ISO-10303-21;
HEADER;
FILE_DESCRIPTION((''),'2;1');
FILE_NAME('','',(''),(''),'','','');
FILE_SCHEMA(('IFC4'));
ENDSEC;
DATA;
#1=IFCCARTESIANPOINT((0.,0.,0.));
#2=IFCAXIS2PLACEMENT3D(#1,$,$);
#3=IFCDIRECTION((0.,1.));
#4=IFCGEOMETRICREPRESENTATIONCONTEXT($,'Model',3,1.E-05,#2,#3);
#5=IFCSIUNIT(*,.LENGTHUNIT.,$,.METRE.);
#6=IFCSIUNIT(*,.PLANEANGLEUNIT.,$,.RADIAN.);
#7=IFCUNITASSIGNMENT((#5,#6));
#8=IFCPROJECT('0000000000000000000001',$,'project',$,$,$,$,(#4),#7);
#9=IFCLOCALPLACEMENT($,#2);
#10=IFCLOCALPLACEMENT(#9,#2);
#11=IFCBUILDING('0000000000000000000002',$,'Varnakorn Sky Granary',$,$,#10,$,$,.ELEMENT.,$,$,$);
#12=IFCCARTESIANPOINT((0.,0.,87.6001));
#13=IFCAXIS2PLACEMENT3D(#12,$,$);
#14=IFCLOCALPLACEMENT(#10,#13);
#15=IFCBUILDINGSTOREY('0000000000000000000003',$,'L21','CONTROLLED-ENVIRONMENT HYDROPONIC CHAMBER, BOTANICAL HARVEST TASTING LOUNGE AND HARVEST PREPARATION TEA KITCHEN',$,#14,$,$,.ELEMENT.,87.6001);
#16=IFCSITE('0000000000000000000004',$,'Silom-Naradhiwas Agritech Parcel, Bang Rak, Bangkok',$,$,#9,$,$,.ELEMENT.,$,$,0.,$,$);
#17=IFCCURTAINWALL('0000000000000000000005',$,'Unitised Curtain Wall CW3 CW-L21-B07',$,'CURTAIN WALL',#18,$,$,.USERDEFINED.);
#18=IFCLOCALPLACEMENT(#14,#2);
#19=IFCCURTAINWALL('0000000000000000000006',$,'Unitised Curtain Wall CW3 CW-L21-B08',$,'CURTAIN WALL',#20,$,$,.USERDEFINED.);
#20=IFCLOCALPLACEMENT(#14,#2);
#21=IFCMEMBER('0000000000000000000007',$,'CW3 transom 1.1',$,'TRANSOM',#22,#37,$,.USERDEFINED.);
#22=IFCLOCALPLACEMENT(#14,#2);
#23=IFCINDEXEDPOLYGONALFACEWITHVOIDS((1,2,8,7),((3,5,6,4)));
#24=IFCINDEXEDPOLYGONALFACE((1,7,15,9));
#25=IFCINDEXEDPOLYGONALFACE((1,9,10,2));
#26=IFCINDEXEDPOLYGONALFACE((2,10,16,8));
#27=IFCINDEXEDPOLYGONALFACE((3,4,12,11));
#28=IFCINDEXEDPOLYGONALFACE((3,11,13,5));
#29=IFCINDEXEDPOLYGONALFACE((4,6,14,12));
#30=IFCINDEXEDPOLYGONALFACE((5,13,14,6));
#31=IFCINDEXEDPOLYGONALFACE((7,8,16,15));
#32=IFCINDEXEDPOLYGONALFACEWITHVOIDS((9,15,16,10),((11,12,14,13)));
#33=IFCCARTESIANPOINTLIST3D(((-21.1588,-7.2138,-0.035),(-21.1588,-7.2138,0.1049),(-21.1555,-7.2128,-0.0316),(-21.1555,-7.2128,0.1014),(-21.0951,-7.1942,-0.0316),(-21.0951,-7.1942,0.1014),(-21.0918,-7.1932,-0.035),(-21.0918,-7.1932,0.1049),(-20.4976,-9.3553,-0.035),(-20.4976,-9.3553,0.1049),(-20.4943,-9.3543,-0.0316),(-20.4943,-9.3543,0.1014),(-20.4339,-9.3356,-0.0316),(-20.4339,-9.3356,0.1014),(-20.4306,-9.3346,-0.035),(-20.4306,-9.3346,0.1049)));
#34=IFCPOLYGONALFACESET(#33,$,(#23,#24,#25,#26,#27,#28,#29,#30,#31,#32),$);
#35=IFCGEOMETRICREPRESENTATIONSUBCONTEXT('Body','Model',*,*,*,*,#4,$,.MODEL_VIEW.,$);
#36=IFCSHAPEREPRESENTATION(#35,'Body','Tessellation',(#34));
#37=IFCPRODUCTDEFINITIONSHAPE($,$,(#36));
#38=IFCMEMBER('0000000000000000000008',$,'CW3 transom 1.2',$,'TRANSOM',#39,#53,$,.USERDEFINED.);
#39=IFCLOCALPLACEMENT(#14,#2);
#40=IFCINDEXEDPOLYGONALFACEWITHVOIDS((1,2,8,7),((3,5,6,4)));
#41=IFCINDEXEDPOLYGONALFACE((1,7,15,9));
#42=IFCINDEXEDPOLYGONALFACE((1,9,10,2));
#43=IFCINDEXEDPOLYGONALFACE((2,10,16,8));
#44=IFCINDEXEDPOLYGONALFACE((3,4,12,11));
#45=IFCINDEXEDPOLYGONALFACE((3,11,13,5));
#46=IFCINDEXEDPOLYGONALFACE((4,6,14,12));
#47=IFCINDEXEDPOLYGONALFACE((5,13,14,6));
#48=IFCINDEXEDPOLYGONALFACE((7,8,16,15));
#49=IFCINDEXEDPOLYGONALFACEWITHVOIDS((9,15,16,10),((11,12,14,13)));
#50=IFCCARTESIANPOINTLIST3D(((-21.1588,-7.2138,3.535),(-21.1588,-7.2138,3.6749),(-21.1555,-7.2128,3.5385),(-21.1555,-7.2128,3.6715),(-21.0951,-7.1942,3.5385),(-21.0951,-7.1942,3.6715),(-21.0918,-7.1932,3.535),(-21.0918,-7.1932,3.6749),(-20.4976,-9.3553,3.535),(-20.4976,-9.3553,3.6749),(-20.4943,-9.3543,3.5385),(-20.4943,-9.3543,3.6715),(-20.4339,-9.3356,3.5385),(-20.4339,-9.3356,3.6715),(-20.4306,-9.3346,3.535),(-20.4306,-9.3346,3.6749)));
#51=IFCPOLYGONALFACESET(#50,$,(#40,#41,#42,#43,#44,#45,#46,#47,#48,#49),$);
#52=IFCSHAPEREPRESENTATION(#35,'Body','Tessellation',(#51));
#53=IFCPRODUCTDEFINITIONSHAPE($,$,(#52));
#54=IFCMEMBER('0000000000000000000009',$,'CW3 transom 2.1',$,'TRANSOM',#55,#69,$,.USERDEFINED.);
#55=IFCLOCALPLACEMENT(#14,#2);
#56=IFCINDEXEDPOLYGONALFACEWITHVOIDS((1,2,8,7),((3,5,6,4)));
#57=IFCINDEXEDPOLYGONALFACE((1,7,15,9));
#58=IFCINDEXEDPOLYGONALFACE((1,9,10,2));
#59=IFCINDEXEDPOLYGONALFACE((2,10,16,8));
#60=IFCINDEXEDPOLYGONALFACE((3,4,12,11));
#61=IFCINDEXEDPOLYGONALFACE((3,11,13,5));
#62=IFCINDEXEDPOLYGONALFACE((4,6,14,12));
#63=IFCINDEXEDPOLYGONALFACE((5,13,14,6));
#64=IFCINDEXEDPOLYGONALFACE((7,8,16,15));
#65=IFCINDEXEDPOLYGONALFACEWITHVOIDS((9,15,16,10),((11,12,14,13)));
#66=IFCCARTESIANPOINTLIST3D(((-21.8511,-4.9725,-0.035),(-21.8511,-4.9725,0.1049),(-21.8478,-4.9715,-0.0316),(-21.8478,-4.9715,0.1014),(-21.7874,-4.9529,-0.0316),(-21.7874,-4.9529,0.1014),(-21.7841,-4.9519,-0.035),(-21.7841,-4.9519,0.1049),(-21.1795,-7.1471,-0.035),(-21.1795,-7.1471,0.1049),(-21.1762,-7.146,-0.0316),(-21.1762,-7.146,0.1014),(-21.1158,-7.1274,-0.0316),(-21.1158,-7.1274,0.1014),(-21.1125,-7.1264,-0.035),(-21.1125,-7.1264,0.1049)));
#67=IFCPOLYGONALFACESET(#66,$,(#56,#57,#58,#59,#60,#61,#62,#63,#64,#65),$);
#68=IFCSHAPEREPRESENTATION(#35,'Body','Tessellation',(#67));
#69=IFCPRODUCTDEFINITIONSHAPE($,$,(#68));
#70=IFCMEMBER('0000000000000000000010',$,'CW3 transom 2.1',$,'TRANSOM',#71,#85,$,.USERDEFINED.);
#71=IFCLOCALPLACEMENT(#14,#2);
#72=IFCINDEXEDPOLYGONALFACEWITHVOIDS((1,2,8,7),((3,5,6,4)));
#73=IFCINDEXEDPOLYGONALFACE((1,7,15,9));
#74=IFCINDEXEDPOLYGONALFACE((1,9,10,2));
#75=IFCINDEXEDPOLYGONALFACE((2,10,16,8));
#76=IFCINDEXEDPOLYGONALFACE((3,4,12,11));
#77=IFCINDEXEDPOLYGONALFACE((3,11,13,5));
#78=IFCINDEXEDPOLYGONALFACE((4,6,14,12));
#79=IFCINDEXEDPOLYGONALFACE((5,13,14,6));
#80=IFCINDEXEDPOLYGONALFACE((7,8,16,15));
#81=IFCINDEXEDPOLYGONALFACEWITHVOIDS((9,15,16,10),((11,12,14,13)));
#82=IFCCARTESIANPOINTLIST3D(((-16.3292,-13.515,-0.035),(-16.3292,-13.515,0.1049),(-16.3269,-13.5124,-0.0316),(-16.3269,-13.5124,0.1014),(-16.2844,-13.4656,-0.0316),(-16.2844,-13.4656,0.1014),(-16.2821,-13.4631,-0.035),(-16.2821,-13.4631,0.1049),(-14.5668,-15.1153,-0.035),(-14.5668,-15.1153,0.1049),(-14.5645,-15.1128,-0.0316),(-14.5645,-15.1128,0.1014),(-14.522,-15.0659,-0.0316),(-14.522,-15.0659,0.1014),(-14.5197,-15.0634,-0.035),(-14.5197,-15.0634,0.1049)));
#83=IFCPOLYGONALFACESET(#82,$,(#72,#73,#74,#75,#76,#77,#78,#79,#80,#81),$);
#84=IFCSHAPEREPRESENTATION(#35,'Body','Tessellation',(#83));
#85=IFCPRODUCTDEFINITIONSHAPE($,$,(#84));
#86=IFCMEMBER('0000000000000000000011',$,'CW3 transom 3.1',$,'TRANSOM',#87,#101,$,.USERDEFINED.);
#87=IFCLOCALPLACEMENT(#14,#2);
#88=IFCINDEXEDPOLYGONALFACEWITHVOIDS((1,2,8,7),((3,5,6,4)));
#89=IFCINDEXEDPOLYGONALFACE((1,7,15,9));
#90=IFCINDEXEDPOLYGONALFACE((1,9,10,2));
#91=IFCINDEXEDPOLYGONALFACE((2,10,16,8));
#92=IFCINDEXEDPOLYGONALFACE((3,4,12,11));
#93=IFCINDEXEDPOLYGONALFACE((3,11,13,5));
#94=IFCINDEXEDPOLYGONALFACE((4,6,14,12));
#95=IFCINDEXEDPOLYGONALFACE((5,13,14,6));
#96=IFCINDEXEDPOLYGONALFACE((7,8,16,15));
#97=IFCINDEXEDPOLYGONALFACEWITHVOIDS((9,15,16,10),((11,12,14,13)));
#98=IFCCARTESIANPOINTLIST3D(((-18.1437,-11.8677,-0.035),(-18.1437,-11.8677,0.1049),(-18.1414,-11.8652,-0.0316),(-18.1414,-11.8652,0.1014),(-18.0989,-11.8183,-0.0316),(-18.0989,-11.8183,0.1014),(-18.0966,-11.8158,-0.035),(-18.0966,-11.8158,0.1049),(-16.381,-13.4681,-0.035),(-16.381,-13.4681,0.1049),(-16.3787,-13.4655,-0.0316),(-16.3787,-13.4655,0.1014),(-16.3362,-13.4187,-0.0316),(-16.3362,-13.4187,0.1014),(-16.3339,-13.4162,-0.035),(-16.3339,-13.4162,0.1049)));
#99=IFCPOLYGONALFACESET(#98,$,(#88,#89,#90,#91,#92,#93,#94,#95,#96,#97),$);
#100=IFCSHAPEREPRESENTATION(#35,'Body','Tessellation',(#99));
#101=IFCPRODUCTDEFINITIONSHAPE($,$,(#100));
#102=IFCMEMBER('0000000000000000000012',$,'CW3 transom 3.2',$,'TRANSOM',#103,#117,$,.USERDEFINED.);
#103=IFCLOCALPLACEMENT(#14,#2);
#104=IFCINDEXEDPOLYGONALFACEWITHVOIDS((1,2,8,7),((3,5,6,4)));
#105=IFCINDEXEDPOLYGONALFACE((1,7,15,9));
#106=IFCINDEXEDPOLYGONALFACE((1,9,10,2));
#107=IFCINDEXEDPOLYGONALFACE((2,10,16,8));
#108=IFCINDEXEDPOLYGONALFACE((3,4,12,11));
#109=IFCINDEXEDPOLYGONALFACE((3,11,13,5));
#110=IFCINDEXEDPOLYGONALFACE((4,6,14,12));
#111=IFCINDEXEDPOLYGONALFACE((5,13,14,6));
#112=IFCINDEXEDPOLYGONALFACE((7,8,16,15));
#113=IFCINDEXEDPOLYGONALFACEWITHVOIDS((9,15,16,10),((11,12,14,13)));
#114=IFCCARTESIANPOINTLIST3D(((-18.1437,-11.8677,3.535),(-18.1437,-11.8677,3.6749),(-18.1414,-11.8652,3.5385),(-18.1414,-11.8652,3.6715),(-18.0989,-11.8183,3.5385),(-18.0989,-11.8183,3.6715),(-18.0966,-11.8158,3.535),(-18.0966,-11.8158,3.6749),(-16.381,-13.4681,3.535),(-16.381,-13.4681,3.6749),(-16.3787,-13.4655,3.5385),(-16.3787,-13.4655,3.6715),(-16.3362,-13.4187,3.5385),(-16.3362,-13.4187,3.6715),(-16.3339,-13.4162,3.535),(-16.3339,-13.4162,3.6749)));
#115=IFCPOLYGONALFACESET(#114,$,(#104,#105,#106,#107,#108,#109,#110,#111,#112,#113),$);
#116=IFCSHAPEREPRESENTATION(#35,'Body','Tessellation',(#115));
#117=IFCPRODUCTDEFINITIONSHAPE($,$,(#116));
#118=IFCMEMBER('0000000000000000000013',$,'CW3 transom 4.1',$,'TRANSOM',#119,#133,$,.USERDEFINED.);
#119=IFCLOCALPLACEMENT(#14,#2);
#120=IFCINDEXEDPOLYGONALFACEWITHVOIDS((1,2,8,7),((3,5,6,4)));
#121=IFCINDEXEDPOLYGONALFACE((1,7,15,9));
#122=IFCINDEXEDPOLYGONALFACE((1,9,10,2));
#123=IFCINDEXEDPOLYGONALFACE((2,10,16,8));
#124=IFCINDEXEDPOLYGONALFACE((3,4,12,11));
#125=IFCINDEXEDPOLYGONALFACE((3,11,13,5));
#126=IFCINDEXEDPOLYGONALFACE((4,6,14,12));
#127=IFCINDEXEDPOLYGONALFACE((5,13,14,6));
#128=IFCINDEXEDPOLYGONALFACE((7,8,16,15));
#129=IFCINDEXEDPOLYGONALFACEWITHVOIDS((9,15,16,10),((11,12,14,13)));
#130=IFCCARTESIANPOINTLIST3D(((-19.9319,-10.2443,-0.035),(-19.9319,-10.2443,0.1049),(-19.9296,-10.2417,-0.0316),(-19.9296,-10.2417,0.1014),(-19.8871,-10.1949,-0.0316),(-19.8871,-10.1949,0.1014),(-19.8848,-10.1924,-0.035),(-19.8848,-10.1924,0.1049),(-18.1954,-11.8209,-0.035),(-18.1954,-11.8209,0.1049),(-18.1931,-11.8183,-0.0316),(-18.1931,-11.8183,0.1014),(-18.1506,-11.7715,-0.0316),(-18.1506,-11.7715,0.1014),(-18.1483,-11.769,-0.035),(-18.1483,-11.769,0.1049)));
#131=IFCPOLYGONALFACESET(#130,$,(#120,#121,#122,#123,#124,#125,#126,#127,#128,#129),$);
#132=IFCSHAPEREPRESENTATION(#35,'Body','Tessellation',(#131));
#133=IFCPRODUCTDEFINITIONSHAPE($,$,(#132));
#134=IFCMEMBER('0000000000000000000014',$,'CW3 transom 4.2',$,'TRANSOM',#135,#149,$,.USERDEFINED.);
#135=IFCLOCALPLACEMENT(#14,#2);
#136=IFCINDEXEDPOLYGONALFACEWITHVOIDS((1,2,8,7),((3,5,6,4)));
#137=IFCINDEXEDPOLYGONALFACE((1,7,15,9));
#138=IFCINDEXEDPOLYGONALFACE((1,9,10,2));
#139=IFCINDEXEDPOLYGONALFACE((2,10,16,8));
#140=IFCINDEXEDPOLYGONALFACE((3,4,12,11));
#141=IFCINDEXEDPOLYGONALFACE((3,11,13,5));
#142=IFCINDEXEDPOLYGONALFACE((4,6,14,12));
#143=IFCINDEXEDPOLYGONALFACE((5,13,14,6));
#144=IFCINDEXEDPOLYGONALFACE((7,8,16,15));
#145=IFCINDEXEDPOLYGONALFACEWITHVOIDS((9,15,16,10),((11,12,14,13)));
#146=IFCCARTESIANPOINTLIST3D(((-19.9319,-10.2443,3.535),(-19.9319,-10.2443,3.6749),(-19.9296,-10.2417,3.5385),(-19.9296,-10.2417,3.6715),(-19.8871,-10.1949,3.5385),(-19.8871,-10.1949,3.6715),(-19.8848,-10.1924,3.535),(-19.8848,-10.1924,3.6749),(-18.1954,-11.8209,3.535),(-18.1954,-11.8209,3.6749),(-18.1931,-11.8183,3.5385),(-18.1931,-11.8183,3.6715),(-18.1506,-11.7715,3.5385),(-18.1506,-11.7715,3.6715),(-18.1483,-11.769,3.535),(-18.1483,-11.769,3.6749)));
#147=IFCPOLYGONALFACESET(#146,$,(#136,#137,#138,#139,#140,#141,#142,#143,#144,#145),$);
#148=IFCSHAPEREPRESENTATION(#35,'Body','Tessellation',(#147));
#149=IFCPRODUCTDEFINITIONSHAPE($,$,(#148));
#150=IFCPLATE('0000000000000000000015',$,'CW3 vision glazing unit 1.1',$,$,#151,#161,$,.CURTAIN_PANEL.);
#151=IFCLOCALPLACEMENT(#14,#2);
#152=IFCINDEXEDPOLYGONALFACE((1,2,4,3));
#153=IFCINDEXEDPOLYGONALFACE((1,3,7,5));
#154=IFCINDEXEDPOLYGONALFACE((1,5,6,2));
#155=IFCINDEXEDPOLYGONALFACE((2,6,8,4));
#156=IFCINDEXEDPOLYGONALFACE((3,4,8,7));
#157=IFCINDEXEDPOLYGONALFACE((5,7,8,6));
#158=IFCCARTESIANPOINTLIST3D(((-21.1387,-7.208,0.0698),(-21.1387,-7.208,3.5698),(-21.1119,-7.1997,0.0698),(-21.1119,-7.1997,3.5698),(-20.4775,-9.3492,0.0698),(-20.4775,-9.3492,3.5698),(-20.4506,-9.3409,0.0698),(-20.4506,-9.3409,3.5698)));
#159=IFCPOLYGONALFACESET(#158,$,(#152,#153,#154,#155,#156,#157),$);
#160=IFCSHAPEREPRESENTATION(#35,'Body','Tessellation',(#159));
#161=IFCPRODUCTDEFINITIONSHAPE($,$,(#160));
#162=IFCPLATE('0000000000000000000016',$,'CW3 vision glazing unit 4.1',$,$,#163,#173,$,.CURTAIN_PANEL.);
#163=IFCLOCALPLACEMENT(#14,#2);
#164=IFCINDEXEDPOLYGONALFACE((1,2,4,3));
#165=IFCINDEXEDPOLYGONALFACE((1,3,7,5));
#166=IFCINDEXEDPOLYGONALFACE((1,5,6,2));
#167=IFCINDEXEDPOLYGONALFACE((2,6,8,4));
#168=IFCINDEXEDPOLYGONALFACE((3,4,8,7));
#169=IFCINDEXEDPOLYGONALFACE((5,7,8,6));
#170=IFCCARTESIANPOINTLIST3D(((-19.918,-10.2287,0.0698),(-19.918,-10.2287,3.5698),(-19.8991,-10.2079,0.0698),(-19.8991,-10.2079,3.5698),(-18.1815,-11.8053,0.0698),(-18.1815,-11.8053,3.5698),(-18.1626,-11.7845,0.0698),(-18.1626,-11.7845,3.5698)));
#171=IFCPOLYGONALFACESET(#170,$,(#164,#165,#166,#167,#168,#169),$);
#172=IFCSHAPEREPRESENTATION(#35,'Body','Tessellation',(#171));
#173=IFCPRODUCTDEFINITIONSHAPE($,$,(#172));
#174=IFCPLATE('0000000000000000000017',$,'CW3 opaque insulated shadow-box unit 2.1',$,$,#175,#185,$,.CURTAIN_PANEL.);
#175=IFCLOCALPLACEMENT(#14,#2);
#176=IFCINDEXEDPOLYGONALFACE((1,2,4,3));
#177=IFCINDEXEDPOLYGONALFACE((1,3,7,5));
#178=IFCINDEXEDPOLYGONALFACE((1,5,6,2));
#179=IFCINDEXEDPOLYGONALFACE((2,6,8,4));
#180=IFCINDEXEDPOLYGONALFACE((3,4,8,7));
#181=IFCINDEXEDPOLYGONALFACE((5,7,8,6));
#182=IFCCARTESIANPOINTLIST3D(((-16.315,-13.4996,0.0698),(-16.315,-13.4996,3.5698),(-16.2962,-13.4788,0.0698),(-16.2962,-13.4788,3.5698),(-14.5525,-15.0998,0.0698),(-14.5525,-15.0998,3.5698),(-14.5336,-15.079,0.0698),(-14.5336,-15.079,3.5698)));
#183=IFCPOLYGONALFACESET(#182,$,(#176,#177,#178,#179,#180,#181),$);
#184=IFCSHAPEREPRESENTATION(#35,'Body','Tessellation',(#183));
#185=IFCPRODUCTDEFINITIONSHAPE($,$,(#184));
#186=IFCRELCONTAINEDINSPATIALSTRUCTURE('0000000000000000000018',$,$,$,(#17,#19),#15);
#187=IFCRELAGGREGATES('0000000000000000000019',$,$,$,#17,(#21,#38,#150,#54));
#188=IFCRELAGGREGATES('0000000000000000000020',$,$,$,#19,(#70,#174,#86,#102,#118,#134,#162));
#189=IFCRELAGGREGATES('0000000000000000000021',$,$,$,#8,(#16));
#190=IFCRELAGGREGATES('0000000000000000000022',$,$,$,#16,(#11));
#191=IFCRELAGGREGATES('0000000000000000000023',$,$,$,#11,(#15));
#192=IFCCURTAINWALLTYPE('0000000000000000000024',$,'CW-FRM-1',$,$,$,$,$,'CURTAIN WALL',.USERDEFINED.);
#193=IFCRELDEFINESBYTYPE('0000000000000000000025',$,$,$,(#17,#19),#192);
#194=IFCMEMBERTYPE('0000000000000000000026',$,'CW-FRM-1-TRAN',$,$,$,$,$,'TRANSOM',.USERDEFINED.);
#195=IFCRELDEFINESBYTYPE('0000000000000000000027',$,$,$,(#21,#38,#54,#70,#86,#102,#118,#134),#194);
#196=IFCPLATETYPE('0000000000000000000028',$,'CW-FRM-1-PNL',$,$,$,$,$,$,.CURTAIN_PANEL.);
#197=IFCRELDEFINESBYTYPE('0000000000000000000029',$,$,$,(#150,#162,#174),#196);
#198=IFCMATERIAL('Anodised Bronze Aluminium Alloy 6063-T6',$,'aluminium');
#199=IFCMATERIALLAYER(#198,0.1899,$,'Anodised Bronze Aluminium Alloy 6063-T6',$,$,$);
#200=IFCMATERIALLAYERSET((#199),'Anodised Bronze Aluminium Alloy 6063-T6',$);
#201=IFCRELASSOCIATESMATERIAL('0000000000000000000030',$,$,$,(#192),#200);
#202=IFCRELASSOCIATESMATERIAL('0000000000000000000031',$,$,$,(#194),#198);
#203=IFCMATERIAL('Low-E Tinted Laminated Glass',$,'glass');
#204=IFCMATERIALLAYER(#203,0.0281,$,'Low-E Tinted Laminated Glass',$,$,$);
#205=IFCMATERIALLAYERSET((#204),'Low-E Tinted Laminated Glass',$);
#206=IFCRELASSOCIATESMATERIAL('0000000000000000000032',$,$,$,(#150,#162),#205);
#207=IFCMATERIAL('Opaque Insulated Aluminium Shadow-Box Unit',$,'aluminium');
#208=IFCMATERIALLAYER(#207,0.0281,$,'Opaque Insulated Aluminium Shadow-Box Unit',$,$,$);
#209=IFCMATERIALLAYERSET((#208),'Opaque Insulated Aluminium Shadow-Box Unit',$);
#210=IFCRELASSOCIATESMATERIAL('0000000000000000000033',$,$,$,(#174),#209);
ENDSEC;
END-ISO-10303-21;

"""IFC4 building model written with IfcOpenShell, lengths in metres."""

from ifc_helpers import new_model, si_unit, direction, frame, origin, origin_2d, place, context, subcontext, project, spatial, rectangle, hollow_rectangle, extrude, source, transform, mapped, material, layer, layer_set, material_profile, profile_set, type_object, type_shapes, element, aggregate, save


model = new_model("IFC4")

# Units and contexts
model_context = context("Model", 3, precision=1e-05, world=origin(), true_north=direction((0.0, 1.0)))
body_context = subcontext(model_context, "Body", "Model", "MODEL_VIEW")
ifc_project = project(units=[si_unit("LENGTHUNIT", "METRE"), si_unit("PLANEANGLEUNIT", "RADIAN")], contexts=[model_context])

# Site, building, storey
site_placement = place(None, origin())
site = spatial("IfcSite", under=ifc_project, at=site_placement, Name="Silom-Naradhiwas Agritech Parcel, Bang Rak, Bangkok", CompositionType="ELEMENT", RefElevation=0.0)
building_placement = place(site_placement, origin())
building = spatial("IfcBuilding", under=site, at=building_placement, Name="Varnakorn Sky Granary", CompositionType="ELEMENT")
storey_placement = place(building_placement, frame((0.0, 0.0, 87.6001)))
storey = spatial("IfcBuildingStorey", under=building, at=storey_placement, Name="L21", Description="CONTROLLED-ENVIRONMENT HYDROPONIC CHAMBER, BOTANICAL HARVEST TASTING LOUNGE AND HARVEST PREPARATION TEA KITCHEN", CompositionType="ELEMENT", Elevation=87.6001)

# Curtain walls
ifc_material_1 = material(Name="Anodised Bronze Aluminium Alloy 6063-T6", Category="aluminium")
ifc_layer_1 = layer(ifc_material_1, 0.1899, Name="Anodised Bronze Aluminium Alloy 6063-T6")
ifc_layer_set_1 = layer_set([ifc_layer_1], Name="Anodised Bronze Aluminium Alloy 6063-T6")
curtain_wall_type = type_object("IfcCurtainWallType", Name="CW-FRM-1", ElementType="CURTAIN WALL", PredefinedType="USERDEFINED", material=ifc_layer_set_1)
curtain_wall_1_placement = place(storey_placement, origin())
curtain_wall_1 = element("IfcCurtainWall", 1, at=curtain_wall_1_placement, inside=storey, type_object=curtain_wall_type, Name="Unitised Curtain Wall CW3 CW-L21-B07", ObjectType="CURTAIN WALL", PredefinedType="USERDEFINED")
curtain_wall_2_placement = place(storey_placement, origin())
curtain_wall_2 = element("IfcCurtainWall", 2, at=curtain_wall_2_placement, inside=storey, type_object=curtain_wall_type, Name="Unitised Curtain Wall CW3 CW-L21-B08", ObjectType="CURTAIN WALL", PredefinedType="USERDEFINED")

# Members
ifc_material_profile_1 = material_profile(ifc_material_1, hollow_rectangle(XDim=0.0701, YDim=0.1399, WallThickness=0.0034, at=origin_2d()), Name="ALU TRAN 70x140")
ifc_profile_set_1 = profile_set([ifc_material_profile_1], Name="Anodised Bronze Aluminium Alloy 6063-T6")
member_type_1 = type_object("IfcMemberType", Name="CW-FRM-1-TRAN", ElementType="TRANSOM", PredefinedType="USERDEFINED", material=ifc_profile_set_1)
member_1_placement = place(storey_placement, frame((-20.4641, -9.345, 0.0349), z_axis=(-0.295004, 0.955496, 0.0), x_axis=(-0.955496, -0.295004, 0.0)))
member_1 = element("IfcMember", 3, at=member_1_placement, type_object=member_type_1, Name="CW3 transom 1.1", ObjectType="TRANSOM", PredefinedType="USERDEFINED", context=body_context, shape_type="SweptSolid", body=[
    extrude(hollow_rectangle(XDim=0.0701, YDim=0.1399, WallThickness=0.0034, at=origin_2d()), origin(), (0.0, 0.0, 1.0), 2.2412),
])
member_2_placement = place(storey_placement, frame((-20.4641, -9.345, 3.605), z_axis=(-0.295004, 0.955496, 0.0), x_axis=(-0.955496, -0.295004, 0.0)))
member_2 = element("IfcMember", 4, at=member_2_placement, type_object=member_type_1, Name="CW3 transom 1.2", ObjectType="TRANSOM", PredefinedType="USERDEFINED", context=body_context, shape_type="SweptSolid", body=[
    extrude(hollow_rectangle(XDim=0.0701, YDim=0.1399, WallThickness=0.0034, at=origin_2d()), origin(), (0.0, 0.0, 1.0), 2.2412),
])
member_3_placement = place(storey_placement, frame((-21.146, -7.1367, 0.0349), z_axis=(-0.295103, 0.955465, 0.0), x_axis=(-0.955465, -0.295103, 0.0)))
member_3 = element("IfcMember", 5, at=member_3_placement, type_object=member_type_1, Name="CW3 transom 2.1", ObjectType="TRANSOM", PredefinedType="USERDEFINED", context=body_context, shape_type="SweptSolid", body=[
    extrude(hollow_rectangle(XDim=0.0701, YDim=0.1399, WallThickness=0.0034, at=origin_2d()), origin(), (0.0, 0.0, 1.0), 2.2759),
])
member_4_placement = place(storey_placement, frame((-14.5432, -15.0894, 0.0349), z_axis=(-0.740334, 0.672239, 0.0), x_axis=(-0.672239, -0.740334, 0.0)))
member_4 = element("IfcMember", 6, at=member_4_placement, type_object=member_type_1, Name="CW3 transom 2.1", ObjectType="TRANSOM", PredefinedType="USERDEFINED", context=body_context, shape_type="SweptSolid", body=[
    extrude(hollow_rectangle(XDim=0.0701, YDim=0.1399, WallThickness=0.0034, at=origin_2d()), origin(), (0.0, 0.0, 1.0), 2.3806),
])
member_5_placement = place(storey_placement, frame((-16.3574, -13.4421, 0.0349), z_axis=(-0.740381, 0.672188, 0.0), x_axis=(-0.672188, -0.740381, 0.0)))
member_5 = element("IfcMember", 7, at=member_5_placement, type_object=member_type_1, Name="CW3 transom 3.1", ObjectType="TRANSOM", PredefinedType="USERDEFINED", context=body_context, shape_type="SweptSolid", body=[
    extrude(hollow_rectangle(XDim=0.0701, YDim=0.1399, WallThickness=0.0034, at=origin_2d()), origin(), (0.0, 0.0, 1.0), 2.3809),
])
member_6_placement = place(storey_placement, frame((-16.3574, -13.4421, 3.605), z_axis=(-0.740381, 0.672188, 0.0), x_axis=(-0.672188, -0.740381, 0.0)))
member_6 = element("IfcMember", 8, at=member_6_placement, type_object=member_type_1, Name="CW3 transom 3.2", ObjectType="TRANSOM", PredefinedType="USERDEFINED", context=body_context, shape_type="SweptSolid", body=[
    extrude(hollow_rectangle(XDim=0.0701, YDim=0.1399, WallThickness=0.0034, at=origin_2d()), origin(), (0.0, 0.0, 1.0), 2.3809),
])
member_7_placement = place(storey_placement, frame((-18.1719, -11.7949, 0.0349), z_axis=(-0.740373, 0.672196, 0.0), x_axis=(-0.672196, -0.740373, 0.0)))
member_7 = element("IfcMember", 9, at=member_7_placement, type_object=member_type_1, Name="CW3 transom 4.1", ObjectType="TRANSOM", PredefinedType="USERDEFINED", context=body_context, shape_type="SweptSolid", body=[
    extrude(hollow_rectangle(XDim=0.0701, YDim=0.1399, WallThickness=0.0034, at=origin_2d()), origin(), (0.0, 0.0, 1.0), 2.3455),
])
member_8_placement = place(storey_placement, frame((-18.1719, -11.7949, 3.605), z_axis=(-0.740373, 0.672196, 0.0), x_axis=(-0.672196, -0.740373, 0.0)))
member_8 = element("IfcMember", 10, at=member_8_placement, type_object=member_type_1, Name="CW3 transom 4.2", ObjectType="TRANSOM", PredefinedType="USERDEFINED", context=body_context, shape_type="SweptSolid", body=[
    extrude(hollow_rectangle(XDim=0.0701, YDim=0.1399, WallThickness=0.0034, at=origin_2d()), origin(), (0.0, 0.0, 1.0), 2.3455),
])

# Plates
ifc_material_2 = material(Name="Low-E Tinted Laminated Glass", Category="glass")
ifc_layer_2 = layer(ifc_material_2, 0.0281, Name="Low-E Tinted Laminated Glass")
ifc_layer_set_2 = layer_set([ifc_layer_2], Name="Low-E Tinted Laminated Glass")
plate_type = type_object("IfcPlateType", Name="CW-FRM-1-PNL", PredefinedType="CURTAIN_PANEL")
shared_shape_1 = source(origin(), body_context, "Body", "SweptSolid", [
    extrude(rectangle(XDim=2.241, YDim=0.0281, at=origin_2d()), origin(), (0.0, 0.0, 1.0), 3.5),
])
plate_1_placement = place(storey_placement, frame((-20.7947, -8.2744, 0.0698), z_axis=(0.0, 0.0, 1.0), x_axis=(-0.295069, 0.955476, 0.0)))
plate_1 = element("IfcPlate", 11, at=plate_1_placement, type_object=plate_type, material=ifc_layer_set_2, Name="CW3 vision glazing unit 1.1", PredefinedType="CURTAIN_PANEL", context=body_context, shape_type="MappedRepresentation", body=[
    mapped(shared_shape_1, transform((0.0, 0.0, 0.0), x_axis=(1.0, 0.0, 0.0), y_axis=(0.0, 1.0, 0.0), z_axis=(0.0, 0.0, 1.0), scale=1.0)),
])
aggregate(curtain_wall_1, [member_1, member_2, plate_1, member_3])
shared_shape_2 = source(origin(), body_context, "Body", "SweptSolid", [
    extrude(rectangle(XDim=2.3455, YDim=0.0281, at=origin_2d()), origin(), (0.0, 0.0, 1.0), 3.5),
])
plate_2_placement = place(storey_placement, frame((-19.0403, -11.0066, 0.0698), z_axis=(0.0, 0.0, 1.0), x_axis=(-0.740378, 0.67219, 0.0)))
plate_2 = element("IfcPlate", 12, at=plate_2_placement, type_object=plate_type, material=ifc_layer_set_2, Name="CW3 vision glazing unit 4.1", PredefinedType="CURTAIN_PANEL", context=body_context, shape_type="MappedRepresentation", body=[
    mapped(shared_shape_2, transform((0.0, 0.0, 0.0), x_axis=(1.0, 0.0, 0.0), y_axis=(0.0, 1.0, 0.0), z_axis=(0.0, 0.0, 1.0), scale=1.0)),
])
ifc_material_3 = material(Name="Opaque Insulated Aluminium Shadow-Box Unit", Category="aluminium")
ifc_layer_3 = layer(ifc_material_3, 0.0281, Name="Opaque Insulated Aluminium Shadow-Box Unit")
ifc_layer_set_3 = layer_set([ifc_layer_3], Name="Opaque Insulated Aluminium Shadow-Box Unit")
shared_shape_3 = source(origin(), body_context, "Body", "SweptSolid", [
    extrude(rectangle(XDim=2.3806, YDim=0.0281, at=origin_2d()), origin(), (0.0, 0.0, 1.0), 3.5),
])
type_shapes(plate_type, [shared_shape_1, shared_shape_2, shared_shape_3])
plate_3_placement = place(storey_placement, frame((-15.4243, -14.2893, 0.0698), z_axis=(0.0, 0.0, 1.0), x_axis=(-0.740378, 0.67219, 0.0)))
plate_3 = element("IfcPlate", 13, at=plate_3_placement, type_object=plate_type, material=ifc_layer_set_3, Name="CW3 opaque insulated shadow-box unit 2.1", PredefinedType="CURTAIN_PANEL", context=body_context, shape_type="MappedRepresentation", body=[
    mapped(shared_shape_3, transform((0.0, 0.0, 0.0), x_axis=(1.0, 0.0, 0.0), y_axis=(0.0, 1.0, 0.0), z_axis=(0.0, 0.0, 1.0), scale=1.0)),
])
aggregate(curtain_wall_2, [member_4, plate_3, member_5, member_6, member_7, member_8, plate_2])

save(model, "model.ifc")
